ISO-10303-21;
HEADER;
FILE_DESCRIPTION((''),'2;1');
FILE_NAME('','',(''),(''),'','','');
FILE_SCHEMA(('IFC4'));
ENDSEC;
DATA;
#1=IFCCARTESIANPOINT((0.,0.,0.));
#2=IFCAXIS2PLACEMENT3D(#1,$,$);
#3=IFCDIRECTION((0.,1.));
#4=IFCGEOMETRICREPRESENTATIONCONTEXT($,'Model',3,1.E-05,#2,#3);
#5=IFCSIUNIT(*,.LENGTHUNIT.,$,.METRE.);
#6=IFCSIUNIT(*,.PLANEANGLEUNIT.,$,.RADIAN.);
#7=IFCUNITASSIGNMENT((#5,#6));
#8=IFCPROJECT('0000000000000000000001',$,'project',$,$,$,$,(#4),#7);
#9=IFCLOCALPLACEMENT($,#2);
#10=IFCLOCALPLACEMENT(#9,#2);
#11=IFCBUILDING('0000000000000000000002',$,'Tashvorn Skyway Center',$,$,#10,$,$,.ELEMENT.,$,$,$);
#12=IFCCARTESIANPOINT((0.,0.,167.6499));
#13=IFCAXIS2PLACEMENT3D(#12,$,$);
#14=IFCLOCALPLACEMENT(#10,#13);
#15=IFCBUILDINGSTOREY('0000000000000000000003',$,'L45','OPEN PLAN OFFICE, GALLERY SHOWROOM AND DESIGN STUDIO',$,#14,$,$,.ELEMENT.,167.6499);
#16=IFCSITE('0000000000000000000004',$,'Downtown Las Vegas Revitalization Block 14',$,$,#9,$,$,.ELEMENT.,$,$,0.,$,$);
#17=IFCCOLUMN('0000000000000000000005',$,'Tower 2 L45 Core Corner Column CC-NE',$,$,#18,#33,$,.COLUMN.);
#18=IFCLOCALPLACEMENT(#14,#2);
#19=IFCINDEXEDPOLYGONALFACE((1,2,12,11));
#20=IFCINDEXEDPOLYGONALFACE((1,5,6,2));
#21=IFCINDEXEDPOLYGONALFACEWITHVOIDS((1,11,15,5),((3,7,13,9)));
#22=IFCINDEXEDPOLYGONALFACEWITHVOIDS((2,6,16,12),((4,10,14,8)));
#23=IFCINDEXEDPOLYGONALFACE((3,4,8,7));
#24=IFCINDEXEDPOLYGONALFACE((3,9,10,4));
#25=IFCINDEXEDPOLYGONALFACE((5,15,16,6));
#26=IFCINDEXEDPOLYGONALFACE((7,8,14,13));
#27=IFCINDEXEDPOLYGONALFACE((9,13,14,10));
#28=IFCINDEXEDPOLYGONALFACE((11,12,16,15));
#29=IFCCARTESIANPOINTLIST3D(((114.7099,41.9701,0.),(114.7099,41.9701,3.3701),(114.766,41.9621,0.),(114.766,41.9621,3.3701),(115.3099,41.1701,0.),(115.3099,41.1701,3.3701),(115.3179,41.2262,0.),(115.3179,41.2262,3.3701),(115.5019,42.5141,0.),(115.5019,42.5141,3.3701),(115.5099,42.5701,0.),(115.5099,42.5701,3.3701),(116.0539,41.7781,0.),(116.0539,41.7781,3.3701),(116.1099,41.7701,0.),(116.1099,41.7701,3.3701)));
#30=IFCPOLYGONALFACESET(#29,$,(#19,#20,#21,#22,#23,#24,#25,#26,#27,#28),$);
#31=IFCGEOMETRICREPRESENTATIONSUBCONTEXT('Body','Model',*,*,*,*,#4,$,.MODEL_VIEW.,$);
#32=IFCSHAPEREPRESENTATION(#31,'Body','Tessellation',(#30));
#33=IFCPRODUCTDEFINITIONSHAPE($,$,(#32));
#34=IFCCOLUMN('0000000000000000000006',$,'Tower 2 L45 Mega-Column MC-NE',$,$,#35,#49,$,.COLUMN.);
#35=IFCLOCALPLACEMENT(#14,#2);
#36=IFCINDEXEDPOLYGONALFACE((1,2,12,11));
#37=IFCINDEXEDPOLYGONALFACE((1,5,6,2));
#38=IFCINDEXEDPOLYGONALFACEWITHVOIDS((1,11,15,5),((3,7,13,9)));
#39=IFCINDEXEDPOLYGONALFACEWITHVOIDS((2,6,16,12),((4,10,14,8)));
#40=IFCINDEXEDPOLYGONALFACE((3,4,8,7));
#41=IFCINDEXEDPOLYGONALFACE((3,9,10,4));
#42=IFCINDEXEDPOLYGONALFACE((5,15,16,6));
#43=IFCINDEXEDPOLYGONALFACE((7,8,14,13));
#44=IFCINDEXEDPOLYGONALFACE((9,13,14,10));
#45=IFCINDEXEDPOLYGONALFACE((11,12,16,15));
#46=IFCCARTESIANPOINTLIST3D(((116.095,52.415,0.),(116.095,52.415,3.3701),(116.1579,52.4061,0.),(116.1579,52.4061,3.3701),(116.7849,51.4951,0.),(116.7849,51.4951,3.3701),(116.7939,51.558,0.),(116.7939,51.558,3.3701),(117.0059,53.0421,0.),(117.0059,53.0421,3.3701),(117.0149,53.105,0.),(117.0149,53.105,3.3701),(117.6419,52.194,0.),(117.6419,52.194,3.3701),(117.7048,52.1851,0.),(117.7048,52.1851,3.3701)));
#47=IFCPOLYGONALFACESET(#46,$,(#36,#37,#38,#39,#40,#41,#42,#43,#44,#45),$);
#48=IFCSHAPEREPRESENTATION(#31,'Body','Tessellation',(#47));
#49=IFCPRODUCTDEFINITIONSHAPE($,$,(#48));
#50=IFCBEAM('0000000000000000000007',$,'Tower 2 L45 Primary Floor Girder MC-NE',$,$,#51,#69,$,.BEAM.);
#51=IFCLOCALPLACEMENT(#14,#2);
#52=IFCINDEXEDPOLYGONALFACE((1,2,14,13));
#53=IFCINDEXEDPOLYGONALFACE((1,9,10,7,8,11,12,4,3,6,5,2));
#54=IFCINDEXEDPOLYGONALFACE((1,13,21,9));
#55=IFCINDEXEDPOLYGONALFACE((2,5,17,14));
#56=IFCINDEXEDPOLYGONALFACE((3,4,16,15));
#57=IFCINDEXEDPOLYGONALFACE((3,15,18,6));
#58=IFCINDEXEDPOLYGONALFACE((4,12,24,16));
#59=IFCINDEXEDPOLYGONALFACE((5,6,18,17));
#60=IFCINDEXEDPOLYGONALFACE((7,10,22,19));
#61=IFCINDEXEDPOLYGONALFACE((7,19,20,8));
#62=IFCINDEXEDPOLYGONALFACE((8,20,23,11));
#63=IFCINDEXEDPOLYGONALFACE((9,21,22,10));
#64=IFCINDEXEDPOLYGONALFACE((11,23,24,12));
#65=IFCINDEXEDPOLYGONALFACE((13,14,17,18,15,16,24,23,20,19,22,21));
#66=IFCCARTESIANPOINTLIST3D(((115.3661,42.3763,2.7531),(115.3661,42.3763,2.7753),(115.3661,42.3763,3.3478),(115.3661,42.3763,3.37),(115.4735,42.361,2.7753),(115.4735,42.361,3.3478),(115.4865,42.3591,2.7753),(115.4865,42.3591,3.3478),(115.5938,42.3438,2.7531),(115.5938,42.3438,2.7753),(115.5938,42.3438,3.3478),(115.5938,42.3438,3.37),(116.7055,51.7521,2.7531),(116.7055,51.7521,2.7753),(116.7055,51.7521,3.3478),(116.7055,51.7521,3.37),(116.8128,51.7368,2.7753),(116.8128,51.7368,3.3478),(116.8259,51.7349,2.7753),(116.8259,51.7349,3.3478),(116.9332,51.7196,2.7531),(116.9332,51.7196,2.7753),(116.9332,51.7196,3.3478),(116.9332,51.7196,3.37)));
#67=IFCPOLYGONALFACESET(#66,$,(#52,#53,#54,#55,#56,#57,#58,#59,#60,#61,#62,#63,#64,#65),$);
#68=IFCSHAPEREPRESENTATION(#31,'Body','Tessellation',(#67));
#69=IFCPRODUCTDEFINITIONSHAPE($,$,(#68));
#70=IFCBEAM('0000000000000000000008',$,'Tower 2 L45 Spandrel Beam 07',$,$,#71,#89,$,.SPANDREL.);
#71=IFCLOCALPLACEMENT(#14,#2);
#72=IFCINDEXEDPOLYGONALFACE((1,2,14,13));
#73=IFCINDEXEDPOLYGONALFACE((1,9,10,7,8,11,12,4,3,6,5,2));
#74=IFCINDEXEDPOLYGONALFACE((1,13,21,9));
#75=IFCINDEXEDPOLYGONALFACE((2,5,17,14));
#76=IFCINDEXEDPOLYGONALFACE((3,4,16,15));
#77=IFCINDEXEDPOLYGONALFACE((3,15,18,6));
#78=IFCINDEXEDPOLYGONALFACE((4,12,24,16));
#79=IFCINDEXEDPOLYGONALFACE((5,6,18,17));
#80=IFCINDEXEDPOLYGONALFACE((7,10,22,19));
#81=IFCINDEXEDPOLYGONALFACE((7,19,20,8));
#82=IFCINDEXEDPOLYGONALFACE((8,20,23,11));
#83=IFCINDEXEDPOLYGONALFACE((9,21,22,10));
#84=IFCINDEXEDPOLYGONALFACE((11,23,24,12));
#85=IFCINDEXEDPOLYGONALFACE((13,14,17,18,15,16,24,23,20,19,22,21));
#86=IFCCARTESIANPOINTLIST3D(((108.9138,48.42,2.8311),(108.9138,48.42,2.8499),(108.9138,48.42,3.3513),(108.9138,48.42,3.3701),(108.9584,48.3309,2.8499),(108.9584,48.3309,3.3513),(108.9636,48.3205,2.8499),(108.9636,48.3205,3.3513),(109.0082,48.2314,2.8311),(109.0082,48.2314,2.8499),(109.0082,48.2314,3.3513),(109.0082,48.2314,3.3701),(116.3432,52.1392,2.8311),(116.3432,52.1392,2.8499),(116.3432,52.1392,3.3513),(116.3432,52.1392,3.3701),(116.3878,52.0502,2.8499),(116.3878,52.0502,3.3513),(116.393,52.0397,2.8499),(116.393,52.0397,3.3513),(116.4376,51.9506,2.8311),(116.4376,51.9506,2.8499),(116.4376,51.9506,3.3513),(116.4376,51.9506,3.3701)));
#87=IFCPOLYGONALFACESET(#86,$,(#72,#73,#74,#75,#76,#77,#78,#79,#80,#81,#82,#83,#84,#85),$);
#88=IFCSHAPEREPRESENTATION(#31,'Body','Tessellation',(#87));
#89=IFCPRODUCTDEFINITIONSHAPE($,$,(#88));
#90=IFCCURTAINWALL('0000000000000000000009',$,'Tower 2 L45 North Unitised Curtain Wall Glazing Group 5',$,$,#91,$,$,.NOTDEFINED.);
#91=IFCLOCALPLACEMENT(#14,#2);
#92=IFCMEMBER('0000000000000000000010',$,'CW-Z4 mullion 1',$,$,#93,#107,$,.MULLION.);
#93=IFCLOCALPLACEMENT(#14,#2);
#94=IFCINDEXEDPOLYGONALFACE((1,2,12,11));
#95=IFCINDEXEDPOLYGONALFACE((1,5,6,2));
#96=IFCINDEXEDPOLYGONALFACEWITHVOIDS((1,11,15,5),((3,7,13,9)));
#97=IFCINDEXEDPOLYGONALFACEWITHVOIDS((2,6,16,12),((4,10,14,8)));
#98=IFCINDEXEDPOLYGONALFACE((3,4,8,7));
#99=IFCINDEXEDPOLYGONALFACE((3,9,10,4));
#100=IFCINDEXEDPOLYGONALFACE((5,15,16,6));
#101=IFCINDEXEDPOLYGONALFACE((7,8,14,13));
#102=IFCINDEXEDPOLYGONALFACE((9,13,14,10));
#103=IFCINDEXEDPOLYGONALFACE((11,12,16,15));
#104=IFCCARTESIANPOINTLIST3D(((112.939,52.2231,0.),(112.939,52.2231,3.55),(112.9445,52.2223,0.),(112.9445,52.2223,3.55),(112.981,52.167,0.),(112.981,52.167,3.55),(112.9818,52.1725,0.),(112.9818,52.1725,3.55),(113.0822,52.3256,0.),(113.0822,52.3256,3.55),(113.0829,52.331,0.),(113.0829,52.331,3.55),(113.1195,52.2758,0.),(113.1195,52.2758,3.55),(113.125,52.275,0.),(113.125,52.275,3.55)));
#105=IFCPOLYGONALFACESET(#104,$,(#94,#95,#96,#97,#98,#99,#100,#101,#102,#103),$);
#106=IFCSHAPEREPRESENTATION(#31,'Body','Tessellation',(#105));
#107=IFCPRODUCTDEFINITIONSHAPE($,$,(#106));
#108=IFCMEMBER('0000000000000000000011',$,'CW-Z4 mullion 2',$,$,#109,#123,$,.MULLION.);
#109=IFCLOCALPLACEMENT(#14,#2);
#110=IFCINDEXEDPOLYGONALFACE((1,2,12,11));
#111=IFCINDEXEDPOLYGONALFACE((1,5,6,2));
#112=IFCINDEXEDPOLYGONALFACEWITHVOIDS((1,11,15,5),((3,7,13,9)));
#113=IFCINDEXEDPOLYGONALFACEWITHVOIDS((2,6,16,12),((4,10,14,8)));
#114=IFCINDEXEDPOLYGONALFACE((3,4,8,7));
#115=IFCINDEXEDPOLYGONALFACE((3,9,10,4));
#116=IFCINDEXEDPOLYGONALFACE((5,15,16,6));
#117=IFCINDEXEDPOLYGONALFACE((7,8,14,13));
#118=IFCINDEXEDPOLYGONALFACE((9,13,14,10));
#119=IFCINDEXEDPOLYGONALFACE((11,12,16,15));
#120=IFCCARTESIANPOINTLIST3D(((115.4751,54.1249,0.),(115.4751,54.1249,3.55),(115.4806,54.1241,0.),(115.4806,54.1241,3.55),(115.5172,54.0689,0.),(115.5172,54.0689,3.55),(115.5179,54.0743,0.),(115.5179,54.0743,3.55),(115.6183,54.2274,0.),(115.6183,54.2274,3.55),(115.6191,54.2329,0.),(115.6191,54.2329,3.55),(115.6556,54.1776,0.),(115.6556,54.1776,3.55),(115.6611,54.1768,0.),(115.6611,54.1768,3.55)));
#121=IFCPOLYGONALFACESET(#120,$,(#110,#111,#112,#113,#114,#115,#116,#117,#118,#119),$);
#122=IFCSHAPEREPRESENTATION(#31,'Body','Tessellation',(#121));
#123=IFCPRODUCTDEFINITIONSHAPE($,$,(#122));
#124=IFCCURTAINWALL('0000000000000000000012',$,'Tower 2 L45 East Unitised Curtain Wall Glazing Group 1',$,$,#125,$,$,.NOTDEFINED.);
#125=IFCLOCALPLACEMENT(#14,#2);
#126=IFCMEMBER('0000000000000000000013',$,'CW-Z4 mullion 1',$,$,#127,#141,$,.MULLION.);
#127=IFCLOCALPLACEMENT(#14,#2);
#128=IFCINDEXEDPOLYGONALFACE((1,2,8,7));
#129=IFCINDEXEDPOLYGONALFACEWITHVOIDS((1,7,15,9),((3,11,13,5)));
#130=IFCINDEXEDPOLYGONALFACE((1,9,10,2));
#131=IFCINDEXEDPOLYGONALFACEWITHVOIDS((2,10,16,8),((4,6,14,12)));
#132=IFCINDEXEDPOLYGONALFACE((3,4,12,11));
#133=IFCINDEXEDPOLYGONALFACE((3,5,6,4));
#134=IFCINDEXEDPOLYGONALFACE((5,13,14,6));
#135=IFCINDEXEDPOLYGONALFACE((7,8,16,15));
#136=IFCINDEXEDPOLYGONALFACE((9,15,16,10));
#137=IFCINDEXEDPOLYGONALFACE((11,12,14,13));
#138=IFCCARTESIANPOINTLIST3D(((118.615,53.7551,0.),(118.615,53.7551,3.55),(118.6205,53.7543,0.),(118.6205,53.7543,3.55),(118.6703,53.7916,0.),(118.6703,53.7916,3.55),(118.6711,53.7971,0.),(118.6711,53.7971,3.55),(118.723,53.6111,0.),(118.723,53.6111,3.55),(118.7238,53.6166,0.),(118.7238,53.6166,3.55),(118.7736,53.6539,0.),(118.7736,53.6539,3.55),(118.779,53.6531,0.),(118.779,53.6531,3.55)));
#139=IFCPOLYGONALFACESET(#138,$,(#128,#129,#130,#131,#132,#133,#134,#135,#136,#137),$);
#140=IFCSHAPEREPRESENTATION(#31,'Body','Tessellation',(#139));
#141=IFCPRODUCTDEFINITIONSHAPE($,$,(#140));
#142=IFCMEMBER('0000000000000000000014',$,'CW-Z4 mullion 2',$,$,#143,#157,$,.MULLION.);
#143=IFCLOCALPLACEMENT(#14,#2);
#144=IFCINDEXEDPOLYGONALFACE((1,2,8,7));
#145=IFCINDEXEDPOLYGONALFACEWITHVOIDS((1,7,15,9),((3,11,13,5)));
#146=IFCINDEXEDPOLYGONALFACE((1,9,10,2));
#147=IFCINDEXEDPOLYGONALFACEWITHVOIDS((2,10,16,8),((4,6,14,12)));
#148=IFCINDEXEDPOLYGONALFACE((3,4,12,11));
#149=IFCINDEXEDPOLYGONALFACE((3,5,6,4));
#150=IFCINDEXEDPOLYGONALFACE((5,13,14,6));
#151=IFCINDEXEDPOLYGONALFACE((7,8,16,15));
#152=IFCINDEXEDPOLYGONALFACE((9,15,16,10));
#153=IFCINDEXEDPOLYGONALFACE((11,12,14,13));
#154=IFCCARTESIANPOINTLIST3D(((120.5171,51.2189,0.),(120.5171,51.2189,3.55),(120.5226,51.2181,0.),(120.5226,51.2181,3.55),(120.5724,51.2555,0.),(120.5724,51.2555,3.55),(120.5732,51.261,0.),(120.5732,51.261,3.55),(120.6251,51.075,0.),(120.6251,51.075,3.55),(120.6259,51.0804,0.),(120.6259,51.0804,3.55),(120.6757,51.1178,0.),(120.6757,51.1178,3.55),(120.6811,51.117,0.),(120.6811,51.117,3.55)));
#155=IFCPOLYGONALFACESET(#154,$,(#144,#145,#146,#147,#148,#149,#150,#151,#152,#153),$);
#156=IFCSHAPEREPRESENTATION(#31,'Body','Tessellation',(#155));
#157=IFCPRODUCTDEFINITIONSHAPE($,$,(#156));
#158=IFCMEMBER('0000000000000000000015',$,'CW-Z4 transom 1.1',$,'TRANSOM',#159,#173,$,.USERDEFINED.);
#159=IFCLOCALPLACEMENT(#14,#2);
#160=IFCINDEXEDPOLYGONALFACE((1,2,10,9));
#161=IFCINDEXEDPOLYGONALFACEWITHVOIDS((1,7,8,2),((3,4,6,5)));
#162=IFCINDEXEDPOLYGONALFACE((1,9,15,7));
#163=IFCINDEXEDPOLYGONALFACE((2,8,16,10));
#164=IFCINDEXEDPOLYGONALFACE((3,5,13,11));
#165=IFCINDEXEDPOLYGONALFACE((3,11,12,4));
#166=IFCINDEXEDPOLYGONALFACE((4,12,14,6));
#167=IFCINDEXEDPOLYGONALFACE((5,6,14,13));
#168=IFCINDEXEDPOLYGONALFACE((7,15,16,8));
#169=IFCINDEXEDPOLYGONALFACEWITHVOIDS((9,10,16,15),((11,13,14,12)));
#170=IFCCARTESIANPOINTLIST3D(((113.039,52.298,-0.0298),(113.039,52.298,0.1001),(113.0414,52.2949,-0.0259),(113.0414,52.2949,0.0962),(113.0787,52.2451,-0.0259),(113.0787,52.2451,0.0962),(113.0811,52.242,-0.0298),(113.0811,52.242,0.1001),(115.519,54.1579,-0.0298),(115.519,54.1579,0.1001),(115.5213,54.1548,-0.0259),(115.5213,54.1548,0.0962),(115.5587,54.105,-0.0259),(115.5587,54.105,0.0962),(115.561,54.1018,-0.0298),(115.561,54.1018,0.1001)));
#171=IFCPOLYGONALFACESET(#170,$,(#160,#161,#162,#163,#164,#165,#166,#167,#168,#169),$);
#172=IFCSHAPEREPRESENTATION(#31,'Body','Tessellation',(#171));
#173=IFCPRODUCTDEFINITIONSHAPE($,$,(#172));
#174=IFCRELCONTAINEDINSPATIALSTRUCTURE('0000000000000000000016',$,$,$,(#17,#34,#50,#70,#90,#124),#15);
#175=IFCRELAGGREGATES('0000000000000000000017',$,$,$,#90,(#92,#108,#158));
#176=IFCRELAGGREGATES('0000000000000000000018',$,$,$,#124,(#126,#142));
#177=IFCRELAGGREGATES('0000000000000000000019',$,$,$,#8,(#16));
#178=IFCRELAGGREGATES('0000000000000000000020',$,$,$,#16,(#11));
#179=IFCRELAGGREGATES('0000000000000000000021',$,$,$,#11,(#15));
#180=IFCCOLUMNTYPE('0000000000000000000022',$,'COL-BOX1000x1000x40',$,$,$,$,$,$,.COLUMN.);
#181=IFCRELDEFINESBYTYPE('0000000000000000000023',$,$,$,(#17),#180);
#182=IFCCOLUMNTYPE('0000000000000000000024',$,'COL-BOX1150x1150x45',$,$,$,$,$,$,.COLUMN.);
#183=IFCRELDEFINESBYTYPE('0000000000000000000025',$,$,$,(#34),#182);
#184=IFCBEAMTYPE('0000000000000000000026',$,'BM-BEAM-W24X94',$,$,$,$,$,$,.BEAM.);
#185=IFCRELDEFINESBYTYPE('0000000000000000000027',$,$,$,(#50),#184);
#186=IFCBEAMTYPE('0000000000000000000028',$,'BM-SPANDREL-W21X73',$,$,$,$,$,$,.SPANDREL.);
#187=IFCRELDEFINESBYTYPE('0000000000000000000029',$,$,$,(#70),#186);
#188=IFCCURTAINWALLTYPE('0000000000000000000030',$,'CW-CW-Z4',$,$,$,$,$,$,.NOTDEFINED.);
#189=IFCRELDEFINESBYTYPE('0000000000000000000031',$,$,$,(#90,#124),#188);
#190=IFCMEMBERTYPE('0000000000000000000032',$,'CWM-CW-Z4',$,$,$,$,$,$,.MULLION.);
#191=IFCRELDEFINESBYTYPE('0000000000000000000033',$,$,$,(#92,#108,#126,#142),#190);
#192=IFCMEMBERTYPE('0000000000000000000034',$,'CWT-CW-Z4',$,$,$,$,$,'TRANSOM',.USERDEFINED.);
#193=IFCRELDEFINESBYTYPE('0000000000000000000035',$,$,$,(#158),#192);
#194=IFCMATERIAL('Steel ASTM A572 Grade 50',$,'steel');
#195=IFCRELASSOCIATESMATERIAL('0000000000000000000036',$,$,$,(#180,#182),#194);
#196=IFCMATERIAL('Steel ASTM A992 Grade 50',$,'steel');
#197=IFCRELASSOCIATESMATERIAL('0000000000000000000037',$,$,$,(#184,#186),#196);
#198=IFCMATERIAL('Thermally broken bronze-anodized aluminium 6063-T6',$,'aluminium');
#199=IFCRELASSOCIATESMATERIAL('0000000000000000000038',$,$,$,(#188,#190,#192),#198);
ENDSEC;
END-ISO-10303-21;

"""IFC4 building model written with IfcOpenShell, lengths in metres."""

from ifc_helpers import new_model, si_unit, direction, frame, origin, origin_2d, place, context, subcontext, project, spatial, hollow_rectangle, i_section, extrude, material, material_profile, profile_set, type_object, element, aggregate, save


model = new_model("IFC4")

# Units and contexts
model_context = context("Model", 3, precision=1e-05, world=origin(), true_north=direction((0.0, 1.0)))
body_context = subcontext(model_context, "Body", "Model", "MODEL_VIEW")
ifc_project = project(units=[si_unit("LENGTHUNIT", "METRE"), si_unit("PLANEANGLEUNIT", "RADIAN")], contexts=[model_context])

# Site, building, storey
site_placement = place(None, origin())
site = spatial("IfcSite", under=ifc_project, at=site_placement, Name="Downtown Las Vegas Revitalization Block 14", CompositionType="ELEMENT", RefElevation=0.0)
building_placement = place(site_placement, origin())
building = spatial("IfcBuilding", under=site, at=building_placement, Name="Tashvorn Skyway Center", CompositionType="ELEMENT")
storey_placement = place(building_placement, frame((0.0, 0.0, 167.6499)))
storey = spatial("IfcBuildingStorey", under=building, at=storey_placement, Name="L45", Description="OPEN PLAN OFFICE, GALLERY SHOWROOM AND DESIGN STUDIO", CompositionType="ELEMENT", Elevation=167.6499)

# Columns
ifc_material_1 = material(Name="Steel ASTM A572 Grade 50", Category="steel")
ifc_material_profile_1 = material_profile(ifc_material_1, hollow_rectangle(XDim=1.0, YDim=1.0, WallThickness=0.04, at=origin_2d()), Name="BOX1000x1000x40")
ifc_profile_set_1 = profile_set([ifc_material_profile_1], Name="Steel ASTM A572 Grade 50")
column_type_1 = type_object("IfcColumnType", Name="COL-BOX1000x1000x40", PredefinedType="COLUMN", material=ifc_profile_set_1)
column_1_placement = place(storey_placement, frame((115.4099, 41.8701, 0.0), z_axis=(0.0, 0.0, 1.0), x_axis=(0.8, 0.6, 0.0)))
element("IfcColumn", 1, at=column_1_placement, inside=storey, type_object=column_type_1, Name="Tower 2 L45 Core Corner Column CC-NE", PredefinedType="COLUMN", context=body_context, shape_type="SweptSolid", body=[
    extrude(hollow_rectangle(XDim=1.0, YDim=1.0, WallThickness=0.04, at=origin_2d()), origin(), (0.0, 0.0, 1.0), 3.3701),
])
ifc_material_profile_2 = material_profile(ifc_material_1, hollow_rectangle(XDim=1.1499, YDim=1.1499, WallThickness=0.0449, at=origin_2d()), Name="BOX1150x1150x45")
ifc_profile_set_2 = profile_set([ifc_material_profile_2], Name="Steel ASTM A572 Grade 50")
column_type_2 = type_object("IfcColumnType", Name="COL-BOX1150x1150x45", PredefinedType="COLUMN", material=ifc_profile_set_2)
column_2_placement = place(storey_placement, frame((116.8999, 52.3, 0.0), z_axis=(0.0, 0.0, 1.0), x_axis=(0.8, 0.6, 0.0)))
element("IfcColumn", 2, at=column_2_placement, inside=storey, type_object=column_type_2, Name="Tower 2 L45 Mega-Column MC-NE", PredefinedType="COLUMN", context=body_context, shape_type="SweptSolid", body=[
    extrude(hollow_rectangle(XDim=1.1499, YDim=1.1499, WallThickness=0.0449, at=origin_2d()), origin(), (0.0, 0.0, 1.0), 3.3701),
])

# Beams
ifc_material_2 = material(Name="Steel ASTM A992 Grade 50", Category="steel")
ifc_material_profile_3 = material_profile(ifc_material_2, i_section(OverallWidth=0.23, OverallDepth=0.6169, WebThickness=0.0132, FlangeThickness=0.0222, at=origin_2d()), Name="W24X94")
ifc_profile_set_3 = profile_set([ifc_material_profile_3], Name="Steel ASTM A992 Grade 50")
beam_type_1 = type_object("IfcBeamType", Name="BM-BEAM-W24X94", PredefinedType="BEAM", material=ifc_profile_set_3)
beam_1_placement = place(storey_placement, frame((116.8193, 51.7358, 3.0615), z_axis=(-0.141418, -0.98995, 0.0), x_axis=(0.98995, -0.141418, 0.0)))
element("IfcBeam", 3, at=beam_1_placement, inside=storey, type_object=beam_type_1, Name="Tower 2 L45 Primary Floor Girder MC-NE", PredefinedType="BEAM", context=body_context, shape_type="SweptSolid", body=[
    extrude(i_section(OverallWidth=0.23, OverallDepth=0.6169, WebThickness=0.0132, FlangeThickness=0.0222, at=origin_2d()), origin(), (0.0, 0.0, 1.0), 9.4709),
])
ifc_material_profile_4 = material_profile(ifc_material_2, i_section(OverallWidth=0.2109, OverallDepth=0.5391, WebThickness=0.0117, FlangeThickness=0.0188, at=origin_2d()), Name="W21X73")
ifc_profile_set_4 = profile_set([ifc_material_profile_4], Name="Steel ASTM A992 Grade 50")
beam_type_2 = type_object("IfcBeamType", Name="BM-SPANDREL-W21X73", PredefinedType="SPANDREL", material=ifc_profile_set_4)
beam_2_placement = place(storey_placement, frame((116.3904, 52.0449, 3.1006), z_axis=(-0.89421, -0.447648, 0.0), x_axis=(0.447648, -0.89421, 0.0)))
element("IfcBeam", 4, at=beam_2_placement, inside=storey, type_object=beam_type_2, Name="Tower 2 L45 Spandrel Beam 07", PredefinedType="SPANDREL", context=body_context, shape_type="SweptSolid", body=[
    extrude(i_section(OverallWidth=0.2109, OverallDepth=0.5391, WebThickness=0.0117, FlangeThickness=0.0188, at=origin_2d()), origin(), (0.0, 0.0, 1.0), 8.3083),
])

# Curtain walls, members
ifc_material_3 = material(Name="Thermally broken bronze-anodized aluminium 6063-T6", Category="aluminium")
curtain_wall_type = type_object("IfcCurtainWallType", Name="CW-CW-Z4", PredefinedType="NOTDEFINED", material=ifc_material_3)
curtain_wall_1_placement = place(storey_placement, origin())
curtain_wall_1 = element("IfcCurtainWall", 5, at=curtain_wall_1_placement, inside=storey, type_object=curtain_wall_type, Name="Tower 2 L45 North Unitised Curtain Wall Glazing Group 5", PredefinedType="NOTDEFINED")
ifc_material_profile_5 = material_profile(ifc_material_3, hollow_rectangle(XDim=0.0701, YDim=0.1799, WallThickness=0.0039, at=origin_2d()), Name="ALU-MULL-70x180")
ifc_profile_set_5 = profile_set([ifc_material_profile_5], Name="Thermally broken bronze-anodized aluminium 6063-T6")
member_type_1 = type_object("IfcMemberType", Name="CWM-CW-Z4", PredefinedType="MULLION", material=ifc_profile_set_5)
member_1_placement = place(storey_placement, frame((113.032, 52.249, 0.0), z_axis=(0.0, 0.0, 1.0), x_axis=(-0.6, 0.8, 0.0)))
member_1 = element("IfcMember", 6, at=member_1_placement, type_object=member_type_1, Name="CW-Z4 mullion 1", PredefinedType="MULLION", context=body_context, shape_type="SweptSolid", body=[
    extrude(hollow_rectangle(XDim=0.0701, YDim=0.1799, WallThickness=0.0039, at=origin_2d()), origin(), (0.0, 0.0, 1.0), 3.55),
])
member_2_placement = place(storey_placement, frame((115.5681, 54.1509, 0.0), z_axis=(0.0, 0.0, 1.0), x_axis=(-0.6, 0.8, 0.0)))
member_2 = element("IfcMember", 7, at=member_2_placement, type_object=member_type_1, Name="CW-Z4 mullion 2", PredefinedType="MULLION", context=body_context, shape_type="SweptSolid", body=[
    extrude(hollow_rectangle(XDim=0.0701, YDim=0.1799, WallThickness=0.0039, at=origin_2d()), origin(), (0.0, 0.0, 1.0), 3.55),
])
curtain_wall_2_placement = place(storey_placement, origin())
curtain_wall_2 = element("IfcCurtainWall", 8, at=curtain_wall_2_placement, inside=storey, type_object=curtain_wall_type, Name="Tower 2 L45 East Unitised Curtain Wall Glazing Group 1", PredefinedType="NOTDEFINED")
member_3_placement = place(storey_placement, frame((118.697, 53.7041, 0.0), z_axis=(0.0, 0.0, 1.0), x_axis=(0.8, 0.6, 0.0)))
member_3 = element("IfcMember", 9, at=member_3_placement, type_object=member_type_1, Name="CW-Z4 mullion 1", PredefinedType="MULLION", context=body_context, shape_type="SweptSolid", body=[
    extrude(hollow_rectangle(XDim=0.0701, YDim=0.1799, WallThickness=0.0039, at=origin_2d()), origin(), (0.0, 0.0, 1.0), 3.55),
])
member_4_placement = place(storey_placement, frame((120.5991, 51.168, 0.0), z_axis=(0.0, 0.0, 1.0), x_axis=(0.8, 0.6, 0.0)))
member_4 = element("IfcMember", 10, at=member_4_placement, type_object=member_type_1, Name="CW-Z4 mullion 2", PredefinedType="MULLION", context=body_context, shape_type="SweptSolid", body=[
    extrude(hollow_rectangle(XDim=0.0701, YDim=0.1799, WallThickness=0.0039, at=origin_2d()), origin(), (0.0, 0.0, 1.0), 3.55),
])

# Member
ifc_material_profile_6 = material_profile(ifc_material_3, hollow_rectangle(XDim=0.0701, YDim=0.1299, WallThickness=0.0039, at=origin_2d()), Name="ALU-TRAN-70x130")
ifc_profile_set_6 = profile_set([ifc_material_profile_6], Name="Thermally broken bronze-anodized aluminium 6063-T6")
member_type_2 = type_object("IfcMemberType", Name="CWT-CW-Z4", ElementType="TRANSOM", PredefinedType="USERDEFINED", material=ifc_profile_set_6)
member_5_placement = place(storey_placement, frame((113.0601, 52.27, 0.0352), z_axis=(0.800019, 0.599975, 0.0), x_axis=(-0.599975, 0.800019, 0.0)))
member_5 = element("IfcMember", 11, at=member_5_placement, type_object=member_type_2, Name="CW-Z4 transom 1.1", ObjectType="TRANSOM", PredefinedType="USERDEFINED", context=body_context, shape_type="SweptSolid", body=[
    extrude(hollow_rectangle(XDim=0.0701, YDim=0.1299, WallThickness=0.0039, at=origin_2d()), origin(), (0.0, 0.0, 1.0), 3.0999),
])

aggregate(curtain_wall_1, [member_1, member_2, member_5])
aggregate(curtain_wall_2, [member_3, member_4])

save(model, "model.ifc")
